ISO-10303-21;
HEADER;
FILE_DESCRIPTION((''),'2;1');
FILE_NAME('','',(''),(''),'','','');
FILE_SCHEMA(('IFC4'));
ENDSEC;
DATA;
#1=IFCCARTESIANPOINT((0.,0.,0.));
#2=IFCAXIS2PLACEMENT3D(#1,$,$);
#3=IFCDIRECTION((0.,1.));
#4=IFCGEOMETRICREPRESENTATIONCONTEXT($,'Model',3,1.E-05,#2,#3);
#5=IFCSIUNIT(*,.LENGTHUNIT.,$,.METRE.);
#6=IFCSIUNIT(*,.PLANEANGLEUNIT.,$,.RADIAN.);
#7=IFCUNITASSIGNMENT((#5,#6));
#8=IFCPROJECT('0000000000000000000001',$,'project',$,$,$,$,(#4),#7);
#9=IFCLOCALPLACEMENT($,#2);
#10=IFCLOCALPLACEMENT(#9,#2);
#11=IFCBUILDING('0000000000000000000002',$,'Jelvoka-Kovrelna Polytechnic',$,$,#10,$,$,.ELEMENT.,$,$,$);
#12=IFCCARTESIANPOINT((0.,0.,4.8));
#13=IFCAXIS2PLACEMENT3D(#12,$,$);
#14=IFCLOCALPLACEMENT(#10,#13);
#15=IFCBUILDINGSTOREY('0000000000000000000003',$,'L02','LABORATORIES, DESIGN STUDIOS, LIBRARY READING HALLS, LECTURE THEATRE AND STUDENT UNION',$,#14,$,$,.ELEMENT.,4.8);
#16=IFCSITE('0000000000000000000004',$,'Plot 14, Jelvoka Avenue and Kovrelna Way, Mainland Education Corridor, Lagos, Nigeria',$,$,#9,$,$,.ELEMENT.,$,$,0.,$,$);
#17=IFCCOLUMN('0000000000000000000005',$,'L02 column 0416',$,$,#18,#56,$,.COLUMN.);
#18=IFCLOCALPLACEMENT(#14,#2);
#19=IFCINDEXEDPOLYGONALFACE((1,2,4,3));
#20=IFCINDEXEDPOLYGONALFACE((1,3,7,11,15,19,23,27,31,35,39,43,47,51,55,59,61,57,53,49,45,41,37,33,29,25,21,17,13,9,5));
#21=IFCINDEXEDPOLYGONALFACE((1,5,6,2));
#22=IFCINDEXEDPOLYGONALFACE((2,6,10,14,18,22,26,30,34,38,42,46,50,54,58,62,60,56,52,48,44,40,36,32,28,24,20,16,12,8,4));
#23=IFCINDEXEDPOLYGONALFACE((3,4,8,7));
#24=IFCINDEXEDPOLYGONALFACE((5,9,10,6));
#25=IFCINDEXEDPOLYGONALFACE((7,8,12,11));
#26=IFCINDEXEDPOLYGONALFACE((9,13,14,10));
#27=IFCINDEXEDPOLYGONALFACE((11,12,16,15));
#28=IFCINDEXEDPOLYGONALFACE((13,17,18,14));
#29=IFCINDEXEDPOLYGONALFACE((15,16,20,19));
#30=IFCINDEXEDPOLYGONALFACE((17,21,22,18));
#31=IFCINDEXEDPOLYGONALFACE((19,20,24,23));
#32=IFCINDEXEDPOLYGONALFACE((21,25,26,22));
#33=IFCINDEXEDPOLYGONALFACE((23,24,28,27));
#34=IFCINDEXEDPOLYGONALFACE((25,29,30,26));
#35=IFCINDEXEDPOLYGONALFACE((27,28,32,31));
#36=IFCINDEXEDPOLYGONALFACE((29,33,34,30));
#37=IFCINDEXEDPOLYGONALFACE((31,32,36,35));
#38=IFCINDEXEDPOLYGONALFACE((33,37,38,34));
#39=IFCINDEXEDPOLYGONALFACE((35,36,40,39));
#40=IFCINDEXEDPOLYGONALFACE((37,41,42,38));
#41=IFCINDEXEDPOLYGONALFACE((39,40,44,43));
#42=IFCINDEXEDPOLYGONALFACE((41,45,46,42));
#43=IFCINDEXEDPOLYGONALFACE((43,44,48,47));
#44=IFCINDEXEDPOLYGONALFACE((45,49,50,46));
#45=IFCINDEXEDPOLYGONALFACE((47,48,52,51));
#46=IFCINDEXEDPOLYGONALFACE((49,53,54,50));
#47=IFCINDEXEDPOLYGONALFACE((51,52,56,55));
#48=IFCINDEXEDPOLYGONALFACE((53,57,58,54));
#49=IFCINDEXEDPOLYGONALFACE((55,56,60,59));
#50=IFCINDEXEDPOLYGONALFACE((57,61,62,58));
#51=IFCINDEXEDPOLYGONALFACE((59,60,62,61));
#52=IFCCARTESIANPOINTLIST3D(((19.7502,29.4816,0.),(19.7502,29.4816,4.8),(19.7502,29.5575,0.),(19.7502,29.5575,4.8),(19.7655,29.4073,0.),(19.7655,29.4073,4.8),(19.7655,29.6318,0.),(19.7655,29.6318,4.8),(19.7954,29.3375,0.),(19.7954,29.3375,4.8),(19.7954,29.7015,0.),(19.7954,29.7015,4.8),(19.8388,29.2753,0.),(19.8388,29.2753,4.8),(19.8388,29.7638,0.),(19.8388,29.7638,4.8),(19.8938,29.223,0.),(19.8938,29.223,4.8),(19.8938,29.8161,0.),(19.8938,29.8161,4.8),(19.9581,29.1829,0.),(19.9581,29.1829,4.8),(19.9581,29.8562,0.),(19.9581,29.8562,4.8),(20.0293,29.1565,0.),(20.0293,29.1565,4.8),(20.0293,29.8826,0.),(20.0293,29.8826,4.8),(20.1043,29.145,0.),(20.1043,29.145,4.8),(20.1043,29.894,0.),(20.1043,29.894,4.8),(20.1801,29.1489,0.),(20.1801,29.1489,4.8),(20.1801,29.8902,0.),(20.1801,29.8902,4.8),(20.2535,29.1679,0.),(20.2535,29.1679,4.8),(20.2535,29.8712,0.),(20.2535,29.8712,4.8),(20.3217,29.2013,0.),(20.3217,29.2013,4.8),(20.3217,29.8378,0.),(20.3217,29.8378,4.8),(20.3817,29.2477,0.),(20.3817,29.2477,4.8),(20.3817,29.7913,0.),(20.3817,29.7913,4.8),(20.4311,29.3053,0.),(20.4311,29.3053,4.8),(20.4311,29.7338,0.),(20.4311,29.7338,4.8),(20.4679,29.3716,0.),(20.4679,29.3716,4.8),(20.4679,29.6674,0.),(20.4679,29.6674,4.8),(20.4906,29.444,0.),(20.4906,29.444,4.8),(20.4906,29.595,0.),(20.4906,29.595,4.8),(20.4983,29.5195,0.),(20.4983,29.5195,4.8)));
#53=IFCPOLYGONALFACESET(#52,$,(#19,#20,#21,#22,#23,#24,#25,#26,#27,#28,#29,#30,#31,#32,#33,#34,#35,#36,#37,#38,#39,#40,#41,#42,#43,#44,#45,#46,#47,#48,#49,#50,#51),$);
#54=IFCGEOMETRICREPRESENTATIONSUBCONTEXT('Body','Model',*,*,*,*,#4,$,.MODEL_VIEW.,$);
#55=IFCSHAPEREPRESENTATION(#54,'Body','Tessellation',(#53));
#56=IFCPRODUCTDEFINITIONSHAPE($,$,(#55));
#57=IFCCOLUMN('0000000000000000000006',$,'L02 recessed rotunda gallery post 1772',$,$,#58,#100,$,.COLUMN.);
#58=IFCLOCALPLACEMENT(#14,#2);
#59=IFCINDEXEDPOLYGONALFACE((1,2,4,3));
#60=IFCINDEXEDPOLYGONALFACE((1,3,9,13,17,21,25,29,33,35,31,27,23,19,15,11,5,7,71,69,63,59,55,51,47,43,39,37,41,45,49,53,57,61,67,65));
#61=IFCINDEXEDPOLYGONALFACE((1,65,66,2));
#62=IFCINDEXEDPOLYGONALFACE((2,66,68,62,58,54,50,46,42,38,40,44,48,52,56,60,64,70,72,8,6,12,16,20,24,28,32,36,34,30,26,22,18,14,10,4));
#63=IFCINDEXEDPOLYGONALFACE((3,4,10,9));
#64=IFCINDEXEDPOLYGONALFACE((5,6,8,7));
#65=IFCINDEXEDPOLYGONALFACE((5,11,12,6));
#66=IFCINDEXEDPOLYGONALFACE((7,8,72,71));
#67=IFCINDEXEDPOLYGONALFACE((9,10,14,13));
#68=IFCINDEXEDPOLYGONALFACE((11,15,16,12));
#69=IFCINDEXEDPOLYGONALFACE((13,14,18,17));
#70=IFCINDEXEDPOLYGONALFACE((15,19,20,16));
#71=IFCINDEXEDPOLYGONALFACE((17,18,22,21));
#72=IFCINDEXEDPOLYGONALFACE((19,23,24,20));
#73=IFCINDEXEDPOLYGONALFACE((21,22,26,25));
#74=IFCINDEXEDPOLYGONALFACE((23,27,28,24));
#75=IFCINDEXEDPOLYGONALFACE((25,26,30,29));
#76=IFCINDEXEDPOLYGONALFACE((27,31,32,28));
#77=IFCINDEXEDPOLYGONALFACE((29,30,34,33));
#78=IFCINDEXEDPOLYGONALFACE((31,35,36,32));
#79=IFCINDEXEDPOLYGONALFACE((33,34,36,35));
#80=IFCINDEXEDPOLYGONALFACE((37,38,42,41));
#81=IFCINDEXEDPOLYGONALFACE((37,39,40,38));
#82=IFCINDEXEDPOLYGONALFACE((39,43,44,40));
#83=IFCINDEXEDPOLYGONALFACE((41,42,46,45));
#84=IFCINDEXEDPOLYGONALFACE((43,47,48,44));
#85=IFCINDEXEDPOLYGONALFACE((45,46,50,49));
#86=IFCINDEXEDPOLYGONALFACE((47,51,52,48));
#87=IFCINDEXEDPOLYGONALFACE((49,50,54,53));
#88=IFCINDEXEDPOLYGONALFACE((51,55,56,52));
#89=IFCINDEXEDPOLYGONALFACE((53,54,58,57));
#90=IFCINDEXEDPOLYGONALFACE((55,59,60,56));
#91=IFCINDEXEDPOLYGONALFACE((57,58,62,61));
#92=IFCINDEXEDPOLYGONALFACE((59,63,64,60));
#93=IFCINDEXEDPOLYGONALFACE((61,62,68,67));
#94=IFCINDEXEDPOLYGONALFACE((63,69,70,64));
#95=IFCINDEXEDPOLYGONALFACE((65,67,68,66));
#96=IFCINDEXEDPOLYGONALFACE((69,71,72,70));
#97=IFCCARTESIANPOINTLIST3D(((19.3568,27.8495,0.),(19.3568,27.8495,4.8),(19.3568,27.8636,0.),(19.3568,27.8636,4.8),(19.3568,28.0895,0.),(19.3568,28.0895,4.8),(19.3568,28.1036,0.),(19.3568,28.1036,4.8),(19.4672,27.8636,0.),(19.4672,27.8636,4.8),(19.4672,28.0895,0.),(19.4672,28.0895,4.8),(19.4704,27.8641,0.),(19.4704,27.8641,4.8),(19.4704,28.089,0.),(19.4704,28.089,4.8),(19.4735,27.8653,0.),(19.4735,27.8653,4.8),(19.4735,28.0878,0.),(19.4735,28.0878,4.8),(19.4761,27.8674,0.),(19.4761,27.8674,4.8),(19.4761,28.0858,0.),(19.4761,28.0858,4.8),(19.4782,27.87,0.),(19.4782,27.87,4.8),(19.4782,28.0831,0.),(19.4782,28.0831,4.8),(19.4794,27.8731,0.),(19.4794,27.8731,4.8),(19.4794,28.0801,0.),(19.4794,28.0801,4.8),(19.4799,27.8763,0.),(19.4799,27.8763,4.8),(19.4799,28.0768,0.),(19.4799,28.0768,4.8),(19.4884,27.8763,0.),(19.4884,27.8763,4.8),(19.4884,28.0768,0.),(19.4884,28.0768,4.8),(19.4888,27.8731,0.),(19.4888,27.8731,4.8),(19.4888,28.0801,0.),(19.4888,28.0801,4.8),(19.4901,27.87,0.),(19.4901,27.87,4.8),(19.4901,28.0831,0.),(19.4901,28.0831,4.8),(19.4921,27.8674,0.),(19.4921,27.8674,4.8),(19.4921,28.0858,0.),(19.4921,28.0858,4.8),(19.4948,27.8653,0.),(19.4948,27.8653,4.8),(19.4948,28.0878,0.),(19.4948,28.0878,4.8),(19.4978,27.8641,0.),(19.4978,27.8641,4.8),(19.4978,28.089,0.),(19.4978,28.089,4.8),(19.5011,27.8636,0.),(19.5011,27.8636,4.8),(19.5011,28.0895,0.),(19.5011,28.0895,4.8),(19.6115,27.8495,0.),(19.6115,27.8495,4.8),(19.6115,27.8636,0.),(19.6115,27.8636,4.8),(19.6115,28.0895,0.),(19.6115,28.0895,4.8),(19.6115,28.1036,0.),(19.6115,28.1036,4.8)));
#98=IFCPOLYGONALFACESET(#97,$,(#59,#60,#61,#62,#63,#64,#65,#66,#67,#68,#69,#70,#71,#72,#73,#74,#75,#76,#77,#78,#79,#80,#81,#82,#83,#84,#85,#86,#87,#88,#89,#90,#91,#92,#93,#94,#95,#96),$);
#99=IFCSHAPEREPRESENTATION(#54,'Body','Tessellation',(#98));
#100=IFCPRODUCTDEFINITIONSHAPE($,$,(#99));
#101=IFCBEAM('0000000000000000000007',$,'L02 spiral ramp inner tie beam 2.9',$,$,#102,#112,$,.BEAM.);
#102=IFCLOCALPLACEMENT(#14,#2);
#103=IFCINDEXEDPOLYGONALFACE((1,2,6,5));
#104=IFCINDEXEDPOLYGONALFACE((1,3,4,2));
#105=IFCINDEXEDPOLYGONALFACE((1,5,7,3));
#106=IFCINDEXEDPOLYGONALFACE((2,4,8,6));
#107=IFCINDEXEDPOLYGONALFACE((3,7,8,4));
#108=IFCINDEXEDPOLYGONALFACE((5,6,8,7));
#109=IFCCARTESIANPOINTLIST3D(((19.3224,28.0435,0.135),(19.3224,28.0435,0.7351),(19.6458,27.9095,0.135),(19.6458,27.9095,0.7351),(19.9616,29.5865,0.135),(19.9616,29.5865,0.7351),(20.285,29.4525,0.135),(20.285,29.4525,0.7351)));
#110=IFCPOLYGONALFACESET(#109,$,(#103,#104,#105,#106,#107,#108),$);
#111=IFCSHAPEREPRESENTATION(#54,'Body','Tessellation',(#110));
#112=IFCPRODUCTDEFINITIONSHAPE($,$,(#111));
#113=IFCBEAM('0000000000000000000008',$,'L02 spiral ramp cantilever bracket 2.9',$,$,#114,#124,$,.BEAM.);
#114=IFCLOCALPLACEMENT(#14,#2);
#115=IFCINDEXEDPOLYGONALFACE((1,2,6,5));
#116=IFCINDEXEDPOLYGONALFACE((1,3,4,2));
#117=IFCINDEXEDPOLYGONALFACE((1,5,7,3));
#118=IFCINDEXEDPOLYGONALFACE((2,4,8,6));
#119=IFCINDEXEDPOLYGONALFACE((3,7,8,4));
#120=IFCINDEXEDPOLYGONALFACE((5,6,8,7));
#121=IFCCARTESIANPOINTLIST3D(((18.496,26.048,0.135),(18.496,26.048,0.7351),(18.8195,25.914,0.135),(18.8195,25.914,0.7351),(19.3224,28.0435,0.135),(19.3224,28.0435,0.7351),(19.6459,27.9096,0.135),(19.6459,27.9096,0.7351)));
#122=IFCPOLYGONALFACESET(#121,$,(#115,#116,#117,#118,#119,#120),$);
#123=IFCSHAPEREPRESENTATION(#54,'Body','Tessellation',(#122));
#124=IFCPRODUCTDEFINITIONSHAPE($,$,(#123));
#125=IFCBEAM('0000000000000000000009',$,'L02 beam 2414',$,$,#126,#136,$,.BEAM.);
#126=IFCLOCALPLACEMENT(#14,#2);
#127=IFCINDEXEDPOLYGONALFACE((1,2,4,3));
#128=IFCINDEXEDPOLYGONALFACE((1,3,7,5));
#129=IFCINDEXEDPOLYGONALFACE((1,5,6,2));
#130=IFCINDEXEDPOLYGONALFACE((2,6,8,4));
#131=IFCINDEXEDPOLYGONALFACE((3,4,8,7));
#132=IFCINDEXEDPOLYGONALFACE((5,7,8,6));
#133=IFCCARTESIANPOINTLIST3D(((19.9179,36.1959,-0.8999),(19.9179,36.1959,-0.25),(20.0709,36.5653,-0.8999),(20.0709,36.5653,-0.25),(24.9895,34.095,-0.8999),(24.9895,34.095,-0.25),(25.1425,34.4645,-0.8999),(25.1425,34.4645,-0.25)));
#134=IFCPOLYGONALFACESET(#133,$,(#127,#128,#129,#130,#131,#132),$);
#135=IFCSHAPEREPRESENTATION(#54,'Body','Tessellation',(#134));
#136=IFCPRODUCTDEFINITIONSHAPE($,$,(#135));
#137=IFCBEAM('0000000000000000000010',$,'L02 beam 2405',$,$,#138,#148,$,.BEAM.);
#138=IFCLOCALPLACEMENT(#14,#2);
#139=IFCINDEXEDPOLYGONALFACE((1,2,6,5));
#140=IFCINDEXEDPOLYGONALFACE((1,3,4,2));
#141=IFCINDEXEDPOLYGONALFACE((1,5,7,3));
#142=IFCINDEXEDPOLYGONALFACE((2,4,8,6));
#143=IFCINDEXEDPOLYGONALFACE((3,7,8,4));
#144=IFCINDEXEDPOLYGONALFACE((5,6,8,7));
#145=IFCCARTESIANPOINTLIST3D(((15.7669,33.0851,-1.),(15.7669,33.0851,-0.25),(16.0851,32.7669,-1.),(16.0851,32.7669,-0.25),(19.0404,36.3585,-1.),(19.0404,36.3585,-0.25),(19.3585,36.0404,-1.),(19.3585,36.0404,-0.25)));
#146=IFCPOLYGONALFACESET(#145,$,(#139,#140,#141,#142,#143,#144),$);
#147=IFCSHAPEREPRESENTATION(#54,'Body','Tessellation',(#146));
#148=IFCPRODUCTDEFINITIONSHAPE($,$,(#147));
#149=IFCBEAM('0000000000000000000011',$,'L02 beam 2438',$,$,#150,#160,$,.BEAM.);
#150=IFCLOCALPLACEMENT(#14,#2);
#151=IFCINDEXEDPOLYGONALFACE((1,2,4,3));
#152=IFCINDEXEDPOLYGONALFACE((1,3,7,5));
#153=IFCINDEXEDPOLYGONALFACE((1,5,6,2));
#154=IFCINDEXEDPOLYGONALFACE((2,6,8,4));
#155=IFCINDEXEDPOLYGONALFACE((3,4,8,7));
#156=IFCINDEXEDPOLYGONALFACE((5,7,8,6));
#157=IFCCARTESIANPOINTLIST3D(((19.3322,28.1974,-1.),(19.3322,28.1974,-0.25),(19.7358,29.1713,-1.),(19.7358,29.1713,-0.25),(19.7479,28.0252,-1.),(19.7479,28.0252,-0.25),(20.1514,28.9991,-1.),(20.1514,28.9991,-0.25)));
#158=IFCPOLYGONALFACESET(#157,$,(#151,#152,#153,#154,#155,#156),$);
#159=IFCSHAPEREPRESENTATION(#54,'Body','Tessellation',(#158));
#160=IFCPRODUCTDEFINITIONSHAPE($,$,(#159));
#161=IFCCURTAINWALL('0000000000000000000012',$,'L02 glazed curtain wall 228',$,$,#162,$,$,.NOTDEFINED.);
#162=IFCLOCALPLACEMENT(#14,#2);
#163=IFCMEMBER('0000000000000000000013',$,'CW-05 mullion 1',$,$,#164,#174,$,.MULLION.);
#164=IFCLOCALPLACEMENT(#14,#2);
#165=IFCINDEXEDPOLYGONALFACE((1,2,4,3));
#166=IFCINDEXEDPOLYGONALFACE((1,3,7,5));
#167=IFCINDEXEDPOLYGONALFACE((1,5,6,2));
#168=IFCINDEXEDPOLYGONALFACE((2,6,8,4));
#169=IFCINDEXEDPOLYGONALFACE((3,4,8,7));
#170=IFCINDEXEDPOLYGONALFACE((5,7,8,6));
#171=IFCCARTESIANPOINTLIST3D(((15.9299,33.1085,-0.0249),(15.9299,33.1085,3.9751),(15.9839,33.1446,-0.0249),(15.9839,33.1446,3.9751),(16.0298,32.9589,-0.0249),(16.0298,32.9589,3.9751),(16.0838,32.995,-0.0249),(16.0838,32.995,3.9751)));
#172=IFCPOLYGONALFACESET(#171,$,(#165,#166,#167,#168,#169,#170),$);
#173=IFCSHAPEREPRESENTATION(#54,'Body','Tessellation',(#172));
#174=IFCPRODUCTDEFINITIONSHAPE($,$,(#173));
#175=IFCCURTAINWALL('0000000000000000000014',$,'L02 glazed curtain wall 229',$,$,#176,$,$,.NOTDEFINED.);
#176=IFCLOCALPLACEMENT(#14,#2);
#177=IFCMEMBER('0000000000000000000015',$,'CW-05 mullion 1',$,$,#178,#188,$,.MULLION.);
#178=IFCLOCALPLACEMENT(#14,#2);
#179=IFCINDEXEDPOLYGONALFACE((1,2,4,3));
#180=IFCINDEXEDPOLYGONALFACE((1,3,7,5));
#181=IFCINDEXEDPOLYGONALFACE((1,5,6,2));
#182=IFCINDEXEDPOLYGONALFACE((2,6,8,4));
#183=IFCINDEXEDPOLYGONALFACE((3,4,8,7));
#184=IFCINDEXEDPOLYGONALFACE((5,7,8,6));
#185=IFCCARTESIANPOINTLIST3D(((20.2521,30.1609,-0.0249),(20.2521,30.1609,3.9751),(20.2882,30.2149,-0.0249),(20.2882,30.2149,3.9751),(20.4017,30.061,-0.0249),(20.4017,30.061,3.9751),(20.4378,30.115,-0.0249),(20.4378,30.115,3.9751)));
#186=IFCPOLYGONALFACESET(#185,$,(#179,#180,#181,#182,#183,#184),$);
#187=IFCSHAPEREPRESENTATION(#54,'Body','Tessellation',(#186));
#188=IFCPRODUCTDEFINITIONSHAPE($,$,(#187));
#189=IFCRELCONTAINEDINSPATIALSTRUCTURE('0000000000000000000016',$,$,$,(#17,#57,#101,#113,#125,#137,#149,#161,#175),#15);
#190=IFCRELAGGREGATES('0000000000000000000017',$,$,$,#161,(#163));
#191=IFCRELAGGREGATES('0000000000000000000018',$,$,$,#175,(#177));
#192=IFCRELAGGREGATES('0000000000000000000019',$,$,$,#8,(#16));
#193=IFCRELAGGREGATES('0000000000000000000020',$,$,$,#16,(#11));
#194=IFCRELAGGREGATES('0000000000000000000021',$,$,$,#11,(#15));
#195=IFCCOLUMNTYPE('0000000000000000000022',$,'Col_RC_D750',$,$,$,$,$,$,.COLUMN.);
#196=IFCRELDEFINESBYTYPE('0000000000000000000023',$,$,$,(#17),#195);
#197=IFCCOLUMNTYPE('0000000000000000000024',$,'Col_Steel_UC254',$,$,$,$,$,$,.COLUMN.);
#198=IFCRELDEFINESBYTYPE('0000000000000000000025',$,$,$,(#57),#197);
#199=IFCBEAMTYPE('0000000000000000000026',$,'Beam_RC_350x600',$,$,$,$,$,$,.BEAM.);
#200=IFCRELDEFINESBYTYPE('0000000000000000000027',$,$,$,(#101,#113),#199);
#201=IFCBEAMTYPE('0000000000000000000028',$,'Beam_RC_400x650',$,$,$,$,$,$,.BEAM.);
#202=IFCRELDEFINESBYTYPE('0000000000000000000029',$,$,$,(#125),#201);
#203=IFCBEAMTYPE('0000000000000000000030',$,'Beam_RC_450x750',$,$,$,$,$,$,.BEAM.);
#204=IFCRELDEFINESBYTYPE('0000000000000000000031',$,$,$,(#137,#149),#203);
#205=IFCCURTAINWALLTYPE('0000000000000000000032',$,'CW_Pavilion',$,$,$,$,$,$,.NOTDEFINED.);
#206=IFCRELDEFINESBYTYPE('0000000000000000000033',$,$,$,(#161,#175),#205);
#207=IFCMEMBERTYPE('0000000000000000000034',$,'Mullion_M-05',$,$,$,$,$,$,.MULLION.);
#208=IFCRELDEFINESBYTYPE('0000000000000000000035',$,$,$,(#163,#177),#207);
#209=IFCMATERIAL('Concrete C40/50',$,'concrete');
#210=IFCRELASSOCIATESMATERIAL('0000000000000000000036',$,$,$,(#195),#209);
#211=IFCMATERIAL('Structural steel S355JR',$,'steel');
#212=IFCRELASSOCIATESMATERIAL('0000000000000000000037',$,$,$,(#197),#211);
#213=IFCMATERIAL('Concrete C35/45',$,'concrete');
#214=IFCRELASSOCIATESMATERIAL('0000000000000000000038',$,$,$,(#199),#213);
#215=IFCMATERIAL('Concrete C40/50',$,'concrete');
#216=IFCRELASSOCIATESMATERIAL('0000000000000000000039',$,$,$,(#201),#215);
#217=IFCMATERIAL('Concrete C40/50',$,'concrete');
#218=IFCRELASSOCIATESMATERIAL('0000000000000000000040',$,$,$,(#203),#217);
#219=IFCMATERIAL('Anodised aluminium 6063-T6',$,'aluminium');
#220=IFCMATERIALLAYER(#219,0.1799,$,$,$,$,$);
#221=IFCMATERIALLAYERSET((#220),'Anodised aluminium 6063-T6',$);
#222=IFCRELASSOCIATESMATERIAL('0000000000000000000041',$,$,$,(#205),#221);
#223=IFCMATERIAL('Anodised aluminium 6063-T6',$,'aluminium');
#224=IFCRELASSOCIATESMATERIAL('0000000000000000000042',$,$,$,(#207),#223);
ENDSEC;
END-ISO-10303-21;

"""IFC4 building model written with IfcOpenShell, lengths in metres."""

from ifc_helpers import new_model, si_unit, direction, frame, origin, origin_2d, place, context, subcontext, project, spatial, rectangle, circle, i_section, extrude, material, layer, layer_set, material_profile, profile_set, type_object, element, aggregate, save


model = new_model("IFC4")

# Units and contexts
model_context = context("Model", 3, precision=1e-05, world=origin(), true_north=direction((0.0, 1.0)))
body_context = subcontext(model_context, "Body", "Model", "MODEL_VIEW")
ifc_project = project(units=[si_unit("LENGTHUNIT", "METRE"), si_unit("PLANEANGLEUNIT", "RADIAN")], contexts=[model_context])

# Site, building, storey
site_placement = place(None, origin())
site = spatial("IfcSite", under=ifc_project, at=site_placement, Name="Plot 14, Jelvoka Avenue and Kovrelna Way, Mainland Education Corridor, Lagos, Nigeria", CompositionType="ELEMENT", RefElevation=0.0)
building_placement = place(site_placement, origin())
building = spatial("IfcBuilding", under=site, at=building_placement, Name="Jelvoka-Kovrelna Polytechnic", CompositionType="ELEMENT")
storey_placement = place(building_placement, frame((0.0, 0.0, 4.8)))
storey = spatial("IfcBuildingStorey", under=building, at=storey_placement, Name="L02", Description="LABORATORIES, DESIGN STUDIOS, LIBRARY READING HALLS, LECTURE THEATRE AND STUDENT UNION", CompositionType="ELEMENT", Elevation=4.8)

# Columns
ifc_material_1 = material(Name="Concrete C40/50", Category="concrete")
ifc_material_profile_1 = material_profile(ifc_material_1, circle(Radius=0.375, at=origin_2d()), Name="RC D750")
ifc_profile_set_1 = profile_set([ifc_material_profile_1], Name="Concrete C40/50")
column_type_1 = type_object("IfcColumnType", Name="Col_RC_D750", PredefinedType="COLUMN", material=ifc_profile_set_1)
column_1_placement = place(storey_placement, frame((20.1233, 29.5195, 0.0), z_axis=(0.0, 0.0, 1.0), x_axis=(1.0, 0.0, 0.0)))
element("IfcColumn", 1, at=column_1_placement, inside=storey, type_object=column_type_1, Name="L02 column 0416", PredefinedType="COLUMN", context=body_context, shape_type="SweptSolid", body=[
    extrude(circle(Radius=0.375, at=origin_2d()), origin(), (0.0, 0.0, 1.0), 4.8),
])
ifc_material_2 = material(Name="Structural steel S355JR", Category="steel")
ifc_material_profile_2 = material_profile(ifc_material_2, i_section(OverallWidth=0.2546, OverallDepth=0.2542, WebThickness=0.0085, FlangeThickness=0.0142, FilletRadius=0.0127, at=origin_2d()), Name="254x254x73 UC")
ifc_profile_set_2 = profile_set([ifc_material_profile_2], Name="Structural steel S355JR")
column_type_2 = type_object("IfcColumnType", Name="Col_Steel_UC254", PredefinedType="COLUMN", material=ifc_profile_set_2)
column_2_placement = place(storey_placement, frame((19.4841, 27.9766, 0.0), z_axis=(0.0, 0.0, 1.0), x_axis=(1.0, 0.0, 0.0)))
element("IfcColumn", 2, at=column_2_placement, inside=storey, type_object=column_type_2, Name="L02 recessed rotunda gallery post 1772", PredefinedType="COLUMN", context=body_context, shape_type="SweptSolid", body=[
    extrude(i_section(OverallWidth=0.2546, OverallDepth=0.2542, WebThickness=0.0085, FlangeThickness=0.0142, FilletRadius=0.0127, at=origin_2d()), origin(), (0.0, 0.0, 1.0), 4.8),
])

# Beams
ifc_material_3 = material(Name="Concrete C35/45", Category="concrete")
ifc_material_profile_3 = material_profile(ifc_material_3, rectangle(XDim=0.3501, YDim=0.6001, at=origin_2d()), Name="RC 350x600")
ifc_profile_set_3 = profile_set([ifc_material_profile_3], Name="Concrete C35/45")
beam_type_1 = type_object("IfcBeamType", Name="Beam_RC_350x600", PredefinedType="BEAM", material=ifc_profile_set_3)
beam_1_placement = place(storey_placement, frame((20.1233, 29.5195, 0.4351), z_axis=(-0.382705, -0.923871, 0.0), x_axis=(0.923871, -0.382705, 0.0)))
element("IfcBeam", 3, at=beam_1_placement, inside=storey, type_object=beam_type_1, Name="L02 spiral ramp inner tie beam 2.9", PredefinedType="BEAM", context=body_context, shape_type="SweptSolid", body=[
    extrude(rectangle(XDim=0.3501, YDim=0.6001, at=origin_2d()), origin(), (0.0, 0.0, 1.0), 1.6702),
])
beam_2_placement = place(storey_placement, frame((19.4841, 27.9766, 0.4351), z_axis=(-0.382608, -0.923911, 0.0), x_axis=(0.923911, -0.382608, 0.0)))
element("IfcBeam", 4, at=beam_2_placement, inside=storey, type_object=beam_type_1, Name="L02 spiral ramp cantilever bracket 2.9", PredefinedType="BEAM", context=body_context, shape_type="SweptSolid", body=[
    extrude(rectangle(XDim=0.3501, YDim=0.6001, at=origin_2d()), origin(), (0.0, 0.0, 1.0), 2.1599),
])
ifc_material_4 = material(Name="Concrete C40/50", Category="concrete")
ifc_material_profile_4 = material_profile(ifc_material_4, rectangle(XDim=0.3999, YDim=0.6499, at=origin_2d()), Name="RC 400x650")
ifc_profile_set_4 = profile_set([ifc_material_profile_4], Name="Concrete C40/50")
beam_type_2 = type_object("IfcBeamType", Name="Beam_RC_400x650", PredefinedType="BEAM", material=ifc_profile_set_4)
beam_3_placement = place(storey_placement, frame((19.9944, 36.3806, -0.575), z_axis=(0.923871, -0.382704, 0.0), x_axis=(0.382704, 0.923871, 0.0)))
element("IfcBeam", 5, at=beam_3_placement, inside=storey, type_object=beam_type_2, Name="L02 beam 2414", PredefinedType="BEAM", context=body_context, shape_type="SweptSolid", body=[
    extrude(rectangle(XDim=0.3999, YDim=0.6499, at=origin_2d()), origin(), (0.0, 0.0, 1.0), 5.4895),
])
ifc_material_5 = material(Name="Concrete C40/50", Category="concrete")
ifc_material_profile_5 = material_profile(ifc_material_5, rectangle(XDim=0.45, YDim=0.75, at=origin_2d()), Name="RC 450x750")
ifc_profile_set_5 = profile_set([ifc_material_profile_5], Name="Concrete C40/50")
beam_type_3 = type_object("IfcBeamType", Name="Beam_RC_450x750", PredefinedType="BEAM", material=ifc_profile_set_5)
beam_4_placement = place(storey_placement, frame((19.1995, 36.1995, -0.625), z_axis=(-0.707107, -0.707107, 0.0), x_axis=(0.707107, -0.707107, 0.0)))
element("IfcBeam", 6, at=beam_4_placement, inside=storey, type_object=beam_type_3, Name="L02 beam 2405", PredefinedType="BEAM", context=body_context, shape_type="SweptSolid", body=[
    extrude(rectangle(XDim=0.45, YDim=0.75, at=origin_2d()), origin(), (0.0, 0.0, 1.0), 4.6294),
])
beam_5_placement = place(storey_placement, frame((19.9436, 29.0852, -0.625), z_axis=(-0.382822, -0.923822, 0.0), x_axis=(0.923822, -0.382822, 0.0)))
element("IfcBeam", 7, at=beam_5_placement, inside=storey, type_object=beam_type_3, Name="L02 beam 2438", PredefinedType="BEAM", context=body_context, shape_type="SweptSolid", body=[
    extrude(rectangle(XDim=0.45, YDim=0.75, at=origin_2d()), origin(), (0.0, 0.0, 1.0), 1.0542),
])

# Curtain wall, member
ifc_material_6 = material(Name="Anodised aluminium 6063-T6", Category="aluminium")
ifc_layer_1 = layer(ifc_material_6, 0.1799)
ifc_layer_set_1 = layer_set([ifc_layer_1], Name="Anodised aluminium 6063-T6")
curtain_wall_type = type_object("IfcCurtainWallType", Name="CW_Pavilion", PredefinedType="NOTDEFINED", material=ifc_layer_set_1)
curtain_wall_1_placement = place(storey_placement, origin())
curtain_wall_1 = element("IfcCurtainWall", 8, at=curtain_wall_1_placement, inside=storey, type_object=curtain_wall_type, Name="L02 glazed curtain wall 228", PredefinedType="NOTDEFINED")
ifc_material_7 = material(Name="Anodised aluminium 6063-T6", Category="aluminium")
ifc_material_profile_6 = material_profile(ifc_material_7, rectangle(XDim=0.0649, YDim=0.1799, at=origin_2d()), Name="ALU 65x180")
ifc_profile_set_6 = profile_set([ifc_material_profile_6], Name="Anodised aluminium 6063-T6")
member_type_1 = type_object("IfcMemberType", Name="Mullion_M-05", PredefinedType="MULLION", material=ifc_profile_set_6)
member_1_placement = place(storey_placement, frame((16.0068, 33.0518, -0.0249), z_axis=(0.0, 0.0, 1.0), x_axis=(-0.831461, -0.555583, 0.0)))
member_1 = element("IfcMember", 9, at=member_1_placement, type_object=member_type_1, Name="CW-05 mullion 1", PredefinedType="MULLION", context=body_context, shape_type="SweptSolid", body=[
    extrude(rectangle(XDim=0.0649, YDim=0.1799, at=origin_2d()), origin(), (0.0, 0.0, 1.0), 4.0),
])
aggregate(curtain_wall_1, [member_1])

# Curtain wall, member
curtain_wall_2_placement = place(storey_placement, origin())
curtain_wall_2 = element("IfcCurtainWall", 10, at=curtain_wall_2_placement, inside=storey, type_object=curtain_wall_type, Name="L02 glazed curtain wall 229", PredefinedType="NOTDEFINED")
member_2_placement = place(storey_placement, frame((20.345, 30.1379, -0.0249), z_axis=(0.0, 0.0, 1.0), x_axis=(-0.555583, -0.831461, 0.0)))
member_2 = element("IfcMember", 11, at=member_2_placement, type_object=member_type_1, Name="CW-05 mullion 1", PredefinedType="MULLION", context=body_context, shape_type="SweptSolid", body=[
    extrude(rectangle(XDim=0.0649, YDim=0.1799, at=origin_2d()), origin(), (0.0, 0.0, 1.0), 4.0),
])

aggregate(curtain_wall_2, [member_2])

save(model, "model.ifc")
